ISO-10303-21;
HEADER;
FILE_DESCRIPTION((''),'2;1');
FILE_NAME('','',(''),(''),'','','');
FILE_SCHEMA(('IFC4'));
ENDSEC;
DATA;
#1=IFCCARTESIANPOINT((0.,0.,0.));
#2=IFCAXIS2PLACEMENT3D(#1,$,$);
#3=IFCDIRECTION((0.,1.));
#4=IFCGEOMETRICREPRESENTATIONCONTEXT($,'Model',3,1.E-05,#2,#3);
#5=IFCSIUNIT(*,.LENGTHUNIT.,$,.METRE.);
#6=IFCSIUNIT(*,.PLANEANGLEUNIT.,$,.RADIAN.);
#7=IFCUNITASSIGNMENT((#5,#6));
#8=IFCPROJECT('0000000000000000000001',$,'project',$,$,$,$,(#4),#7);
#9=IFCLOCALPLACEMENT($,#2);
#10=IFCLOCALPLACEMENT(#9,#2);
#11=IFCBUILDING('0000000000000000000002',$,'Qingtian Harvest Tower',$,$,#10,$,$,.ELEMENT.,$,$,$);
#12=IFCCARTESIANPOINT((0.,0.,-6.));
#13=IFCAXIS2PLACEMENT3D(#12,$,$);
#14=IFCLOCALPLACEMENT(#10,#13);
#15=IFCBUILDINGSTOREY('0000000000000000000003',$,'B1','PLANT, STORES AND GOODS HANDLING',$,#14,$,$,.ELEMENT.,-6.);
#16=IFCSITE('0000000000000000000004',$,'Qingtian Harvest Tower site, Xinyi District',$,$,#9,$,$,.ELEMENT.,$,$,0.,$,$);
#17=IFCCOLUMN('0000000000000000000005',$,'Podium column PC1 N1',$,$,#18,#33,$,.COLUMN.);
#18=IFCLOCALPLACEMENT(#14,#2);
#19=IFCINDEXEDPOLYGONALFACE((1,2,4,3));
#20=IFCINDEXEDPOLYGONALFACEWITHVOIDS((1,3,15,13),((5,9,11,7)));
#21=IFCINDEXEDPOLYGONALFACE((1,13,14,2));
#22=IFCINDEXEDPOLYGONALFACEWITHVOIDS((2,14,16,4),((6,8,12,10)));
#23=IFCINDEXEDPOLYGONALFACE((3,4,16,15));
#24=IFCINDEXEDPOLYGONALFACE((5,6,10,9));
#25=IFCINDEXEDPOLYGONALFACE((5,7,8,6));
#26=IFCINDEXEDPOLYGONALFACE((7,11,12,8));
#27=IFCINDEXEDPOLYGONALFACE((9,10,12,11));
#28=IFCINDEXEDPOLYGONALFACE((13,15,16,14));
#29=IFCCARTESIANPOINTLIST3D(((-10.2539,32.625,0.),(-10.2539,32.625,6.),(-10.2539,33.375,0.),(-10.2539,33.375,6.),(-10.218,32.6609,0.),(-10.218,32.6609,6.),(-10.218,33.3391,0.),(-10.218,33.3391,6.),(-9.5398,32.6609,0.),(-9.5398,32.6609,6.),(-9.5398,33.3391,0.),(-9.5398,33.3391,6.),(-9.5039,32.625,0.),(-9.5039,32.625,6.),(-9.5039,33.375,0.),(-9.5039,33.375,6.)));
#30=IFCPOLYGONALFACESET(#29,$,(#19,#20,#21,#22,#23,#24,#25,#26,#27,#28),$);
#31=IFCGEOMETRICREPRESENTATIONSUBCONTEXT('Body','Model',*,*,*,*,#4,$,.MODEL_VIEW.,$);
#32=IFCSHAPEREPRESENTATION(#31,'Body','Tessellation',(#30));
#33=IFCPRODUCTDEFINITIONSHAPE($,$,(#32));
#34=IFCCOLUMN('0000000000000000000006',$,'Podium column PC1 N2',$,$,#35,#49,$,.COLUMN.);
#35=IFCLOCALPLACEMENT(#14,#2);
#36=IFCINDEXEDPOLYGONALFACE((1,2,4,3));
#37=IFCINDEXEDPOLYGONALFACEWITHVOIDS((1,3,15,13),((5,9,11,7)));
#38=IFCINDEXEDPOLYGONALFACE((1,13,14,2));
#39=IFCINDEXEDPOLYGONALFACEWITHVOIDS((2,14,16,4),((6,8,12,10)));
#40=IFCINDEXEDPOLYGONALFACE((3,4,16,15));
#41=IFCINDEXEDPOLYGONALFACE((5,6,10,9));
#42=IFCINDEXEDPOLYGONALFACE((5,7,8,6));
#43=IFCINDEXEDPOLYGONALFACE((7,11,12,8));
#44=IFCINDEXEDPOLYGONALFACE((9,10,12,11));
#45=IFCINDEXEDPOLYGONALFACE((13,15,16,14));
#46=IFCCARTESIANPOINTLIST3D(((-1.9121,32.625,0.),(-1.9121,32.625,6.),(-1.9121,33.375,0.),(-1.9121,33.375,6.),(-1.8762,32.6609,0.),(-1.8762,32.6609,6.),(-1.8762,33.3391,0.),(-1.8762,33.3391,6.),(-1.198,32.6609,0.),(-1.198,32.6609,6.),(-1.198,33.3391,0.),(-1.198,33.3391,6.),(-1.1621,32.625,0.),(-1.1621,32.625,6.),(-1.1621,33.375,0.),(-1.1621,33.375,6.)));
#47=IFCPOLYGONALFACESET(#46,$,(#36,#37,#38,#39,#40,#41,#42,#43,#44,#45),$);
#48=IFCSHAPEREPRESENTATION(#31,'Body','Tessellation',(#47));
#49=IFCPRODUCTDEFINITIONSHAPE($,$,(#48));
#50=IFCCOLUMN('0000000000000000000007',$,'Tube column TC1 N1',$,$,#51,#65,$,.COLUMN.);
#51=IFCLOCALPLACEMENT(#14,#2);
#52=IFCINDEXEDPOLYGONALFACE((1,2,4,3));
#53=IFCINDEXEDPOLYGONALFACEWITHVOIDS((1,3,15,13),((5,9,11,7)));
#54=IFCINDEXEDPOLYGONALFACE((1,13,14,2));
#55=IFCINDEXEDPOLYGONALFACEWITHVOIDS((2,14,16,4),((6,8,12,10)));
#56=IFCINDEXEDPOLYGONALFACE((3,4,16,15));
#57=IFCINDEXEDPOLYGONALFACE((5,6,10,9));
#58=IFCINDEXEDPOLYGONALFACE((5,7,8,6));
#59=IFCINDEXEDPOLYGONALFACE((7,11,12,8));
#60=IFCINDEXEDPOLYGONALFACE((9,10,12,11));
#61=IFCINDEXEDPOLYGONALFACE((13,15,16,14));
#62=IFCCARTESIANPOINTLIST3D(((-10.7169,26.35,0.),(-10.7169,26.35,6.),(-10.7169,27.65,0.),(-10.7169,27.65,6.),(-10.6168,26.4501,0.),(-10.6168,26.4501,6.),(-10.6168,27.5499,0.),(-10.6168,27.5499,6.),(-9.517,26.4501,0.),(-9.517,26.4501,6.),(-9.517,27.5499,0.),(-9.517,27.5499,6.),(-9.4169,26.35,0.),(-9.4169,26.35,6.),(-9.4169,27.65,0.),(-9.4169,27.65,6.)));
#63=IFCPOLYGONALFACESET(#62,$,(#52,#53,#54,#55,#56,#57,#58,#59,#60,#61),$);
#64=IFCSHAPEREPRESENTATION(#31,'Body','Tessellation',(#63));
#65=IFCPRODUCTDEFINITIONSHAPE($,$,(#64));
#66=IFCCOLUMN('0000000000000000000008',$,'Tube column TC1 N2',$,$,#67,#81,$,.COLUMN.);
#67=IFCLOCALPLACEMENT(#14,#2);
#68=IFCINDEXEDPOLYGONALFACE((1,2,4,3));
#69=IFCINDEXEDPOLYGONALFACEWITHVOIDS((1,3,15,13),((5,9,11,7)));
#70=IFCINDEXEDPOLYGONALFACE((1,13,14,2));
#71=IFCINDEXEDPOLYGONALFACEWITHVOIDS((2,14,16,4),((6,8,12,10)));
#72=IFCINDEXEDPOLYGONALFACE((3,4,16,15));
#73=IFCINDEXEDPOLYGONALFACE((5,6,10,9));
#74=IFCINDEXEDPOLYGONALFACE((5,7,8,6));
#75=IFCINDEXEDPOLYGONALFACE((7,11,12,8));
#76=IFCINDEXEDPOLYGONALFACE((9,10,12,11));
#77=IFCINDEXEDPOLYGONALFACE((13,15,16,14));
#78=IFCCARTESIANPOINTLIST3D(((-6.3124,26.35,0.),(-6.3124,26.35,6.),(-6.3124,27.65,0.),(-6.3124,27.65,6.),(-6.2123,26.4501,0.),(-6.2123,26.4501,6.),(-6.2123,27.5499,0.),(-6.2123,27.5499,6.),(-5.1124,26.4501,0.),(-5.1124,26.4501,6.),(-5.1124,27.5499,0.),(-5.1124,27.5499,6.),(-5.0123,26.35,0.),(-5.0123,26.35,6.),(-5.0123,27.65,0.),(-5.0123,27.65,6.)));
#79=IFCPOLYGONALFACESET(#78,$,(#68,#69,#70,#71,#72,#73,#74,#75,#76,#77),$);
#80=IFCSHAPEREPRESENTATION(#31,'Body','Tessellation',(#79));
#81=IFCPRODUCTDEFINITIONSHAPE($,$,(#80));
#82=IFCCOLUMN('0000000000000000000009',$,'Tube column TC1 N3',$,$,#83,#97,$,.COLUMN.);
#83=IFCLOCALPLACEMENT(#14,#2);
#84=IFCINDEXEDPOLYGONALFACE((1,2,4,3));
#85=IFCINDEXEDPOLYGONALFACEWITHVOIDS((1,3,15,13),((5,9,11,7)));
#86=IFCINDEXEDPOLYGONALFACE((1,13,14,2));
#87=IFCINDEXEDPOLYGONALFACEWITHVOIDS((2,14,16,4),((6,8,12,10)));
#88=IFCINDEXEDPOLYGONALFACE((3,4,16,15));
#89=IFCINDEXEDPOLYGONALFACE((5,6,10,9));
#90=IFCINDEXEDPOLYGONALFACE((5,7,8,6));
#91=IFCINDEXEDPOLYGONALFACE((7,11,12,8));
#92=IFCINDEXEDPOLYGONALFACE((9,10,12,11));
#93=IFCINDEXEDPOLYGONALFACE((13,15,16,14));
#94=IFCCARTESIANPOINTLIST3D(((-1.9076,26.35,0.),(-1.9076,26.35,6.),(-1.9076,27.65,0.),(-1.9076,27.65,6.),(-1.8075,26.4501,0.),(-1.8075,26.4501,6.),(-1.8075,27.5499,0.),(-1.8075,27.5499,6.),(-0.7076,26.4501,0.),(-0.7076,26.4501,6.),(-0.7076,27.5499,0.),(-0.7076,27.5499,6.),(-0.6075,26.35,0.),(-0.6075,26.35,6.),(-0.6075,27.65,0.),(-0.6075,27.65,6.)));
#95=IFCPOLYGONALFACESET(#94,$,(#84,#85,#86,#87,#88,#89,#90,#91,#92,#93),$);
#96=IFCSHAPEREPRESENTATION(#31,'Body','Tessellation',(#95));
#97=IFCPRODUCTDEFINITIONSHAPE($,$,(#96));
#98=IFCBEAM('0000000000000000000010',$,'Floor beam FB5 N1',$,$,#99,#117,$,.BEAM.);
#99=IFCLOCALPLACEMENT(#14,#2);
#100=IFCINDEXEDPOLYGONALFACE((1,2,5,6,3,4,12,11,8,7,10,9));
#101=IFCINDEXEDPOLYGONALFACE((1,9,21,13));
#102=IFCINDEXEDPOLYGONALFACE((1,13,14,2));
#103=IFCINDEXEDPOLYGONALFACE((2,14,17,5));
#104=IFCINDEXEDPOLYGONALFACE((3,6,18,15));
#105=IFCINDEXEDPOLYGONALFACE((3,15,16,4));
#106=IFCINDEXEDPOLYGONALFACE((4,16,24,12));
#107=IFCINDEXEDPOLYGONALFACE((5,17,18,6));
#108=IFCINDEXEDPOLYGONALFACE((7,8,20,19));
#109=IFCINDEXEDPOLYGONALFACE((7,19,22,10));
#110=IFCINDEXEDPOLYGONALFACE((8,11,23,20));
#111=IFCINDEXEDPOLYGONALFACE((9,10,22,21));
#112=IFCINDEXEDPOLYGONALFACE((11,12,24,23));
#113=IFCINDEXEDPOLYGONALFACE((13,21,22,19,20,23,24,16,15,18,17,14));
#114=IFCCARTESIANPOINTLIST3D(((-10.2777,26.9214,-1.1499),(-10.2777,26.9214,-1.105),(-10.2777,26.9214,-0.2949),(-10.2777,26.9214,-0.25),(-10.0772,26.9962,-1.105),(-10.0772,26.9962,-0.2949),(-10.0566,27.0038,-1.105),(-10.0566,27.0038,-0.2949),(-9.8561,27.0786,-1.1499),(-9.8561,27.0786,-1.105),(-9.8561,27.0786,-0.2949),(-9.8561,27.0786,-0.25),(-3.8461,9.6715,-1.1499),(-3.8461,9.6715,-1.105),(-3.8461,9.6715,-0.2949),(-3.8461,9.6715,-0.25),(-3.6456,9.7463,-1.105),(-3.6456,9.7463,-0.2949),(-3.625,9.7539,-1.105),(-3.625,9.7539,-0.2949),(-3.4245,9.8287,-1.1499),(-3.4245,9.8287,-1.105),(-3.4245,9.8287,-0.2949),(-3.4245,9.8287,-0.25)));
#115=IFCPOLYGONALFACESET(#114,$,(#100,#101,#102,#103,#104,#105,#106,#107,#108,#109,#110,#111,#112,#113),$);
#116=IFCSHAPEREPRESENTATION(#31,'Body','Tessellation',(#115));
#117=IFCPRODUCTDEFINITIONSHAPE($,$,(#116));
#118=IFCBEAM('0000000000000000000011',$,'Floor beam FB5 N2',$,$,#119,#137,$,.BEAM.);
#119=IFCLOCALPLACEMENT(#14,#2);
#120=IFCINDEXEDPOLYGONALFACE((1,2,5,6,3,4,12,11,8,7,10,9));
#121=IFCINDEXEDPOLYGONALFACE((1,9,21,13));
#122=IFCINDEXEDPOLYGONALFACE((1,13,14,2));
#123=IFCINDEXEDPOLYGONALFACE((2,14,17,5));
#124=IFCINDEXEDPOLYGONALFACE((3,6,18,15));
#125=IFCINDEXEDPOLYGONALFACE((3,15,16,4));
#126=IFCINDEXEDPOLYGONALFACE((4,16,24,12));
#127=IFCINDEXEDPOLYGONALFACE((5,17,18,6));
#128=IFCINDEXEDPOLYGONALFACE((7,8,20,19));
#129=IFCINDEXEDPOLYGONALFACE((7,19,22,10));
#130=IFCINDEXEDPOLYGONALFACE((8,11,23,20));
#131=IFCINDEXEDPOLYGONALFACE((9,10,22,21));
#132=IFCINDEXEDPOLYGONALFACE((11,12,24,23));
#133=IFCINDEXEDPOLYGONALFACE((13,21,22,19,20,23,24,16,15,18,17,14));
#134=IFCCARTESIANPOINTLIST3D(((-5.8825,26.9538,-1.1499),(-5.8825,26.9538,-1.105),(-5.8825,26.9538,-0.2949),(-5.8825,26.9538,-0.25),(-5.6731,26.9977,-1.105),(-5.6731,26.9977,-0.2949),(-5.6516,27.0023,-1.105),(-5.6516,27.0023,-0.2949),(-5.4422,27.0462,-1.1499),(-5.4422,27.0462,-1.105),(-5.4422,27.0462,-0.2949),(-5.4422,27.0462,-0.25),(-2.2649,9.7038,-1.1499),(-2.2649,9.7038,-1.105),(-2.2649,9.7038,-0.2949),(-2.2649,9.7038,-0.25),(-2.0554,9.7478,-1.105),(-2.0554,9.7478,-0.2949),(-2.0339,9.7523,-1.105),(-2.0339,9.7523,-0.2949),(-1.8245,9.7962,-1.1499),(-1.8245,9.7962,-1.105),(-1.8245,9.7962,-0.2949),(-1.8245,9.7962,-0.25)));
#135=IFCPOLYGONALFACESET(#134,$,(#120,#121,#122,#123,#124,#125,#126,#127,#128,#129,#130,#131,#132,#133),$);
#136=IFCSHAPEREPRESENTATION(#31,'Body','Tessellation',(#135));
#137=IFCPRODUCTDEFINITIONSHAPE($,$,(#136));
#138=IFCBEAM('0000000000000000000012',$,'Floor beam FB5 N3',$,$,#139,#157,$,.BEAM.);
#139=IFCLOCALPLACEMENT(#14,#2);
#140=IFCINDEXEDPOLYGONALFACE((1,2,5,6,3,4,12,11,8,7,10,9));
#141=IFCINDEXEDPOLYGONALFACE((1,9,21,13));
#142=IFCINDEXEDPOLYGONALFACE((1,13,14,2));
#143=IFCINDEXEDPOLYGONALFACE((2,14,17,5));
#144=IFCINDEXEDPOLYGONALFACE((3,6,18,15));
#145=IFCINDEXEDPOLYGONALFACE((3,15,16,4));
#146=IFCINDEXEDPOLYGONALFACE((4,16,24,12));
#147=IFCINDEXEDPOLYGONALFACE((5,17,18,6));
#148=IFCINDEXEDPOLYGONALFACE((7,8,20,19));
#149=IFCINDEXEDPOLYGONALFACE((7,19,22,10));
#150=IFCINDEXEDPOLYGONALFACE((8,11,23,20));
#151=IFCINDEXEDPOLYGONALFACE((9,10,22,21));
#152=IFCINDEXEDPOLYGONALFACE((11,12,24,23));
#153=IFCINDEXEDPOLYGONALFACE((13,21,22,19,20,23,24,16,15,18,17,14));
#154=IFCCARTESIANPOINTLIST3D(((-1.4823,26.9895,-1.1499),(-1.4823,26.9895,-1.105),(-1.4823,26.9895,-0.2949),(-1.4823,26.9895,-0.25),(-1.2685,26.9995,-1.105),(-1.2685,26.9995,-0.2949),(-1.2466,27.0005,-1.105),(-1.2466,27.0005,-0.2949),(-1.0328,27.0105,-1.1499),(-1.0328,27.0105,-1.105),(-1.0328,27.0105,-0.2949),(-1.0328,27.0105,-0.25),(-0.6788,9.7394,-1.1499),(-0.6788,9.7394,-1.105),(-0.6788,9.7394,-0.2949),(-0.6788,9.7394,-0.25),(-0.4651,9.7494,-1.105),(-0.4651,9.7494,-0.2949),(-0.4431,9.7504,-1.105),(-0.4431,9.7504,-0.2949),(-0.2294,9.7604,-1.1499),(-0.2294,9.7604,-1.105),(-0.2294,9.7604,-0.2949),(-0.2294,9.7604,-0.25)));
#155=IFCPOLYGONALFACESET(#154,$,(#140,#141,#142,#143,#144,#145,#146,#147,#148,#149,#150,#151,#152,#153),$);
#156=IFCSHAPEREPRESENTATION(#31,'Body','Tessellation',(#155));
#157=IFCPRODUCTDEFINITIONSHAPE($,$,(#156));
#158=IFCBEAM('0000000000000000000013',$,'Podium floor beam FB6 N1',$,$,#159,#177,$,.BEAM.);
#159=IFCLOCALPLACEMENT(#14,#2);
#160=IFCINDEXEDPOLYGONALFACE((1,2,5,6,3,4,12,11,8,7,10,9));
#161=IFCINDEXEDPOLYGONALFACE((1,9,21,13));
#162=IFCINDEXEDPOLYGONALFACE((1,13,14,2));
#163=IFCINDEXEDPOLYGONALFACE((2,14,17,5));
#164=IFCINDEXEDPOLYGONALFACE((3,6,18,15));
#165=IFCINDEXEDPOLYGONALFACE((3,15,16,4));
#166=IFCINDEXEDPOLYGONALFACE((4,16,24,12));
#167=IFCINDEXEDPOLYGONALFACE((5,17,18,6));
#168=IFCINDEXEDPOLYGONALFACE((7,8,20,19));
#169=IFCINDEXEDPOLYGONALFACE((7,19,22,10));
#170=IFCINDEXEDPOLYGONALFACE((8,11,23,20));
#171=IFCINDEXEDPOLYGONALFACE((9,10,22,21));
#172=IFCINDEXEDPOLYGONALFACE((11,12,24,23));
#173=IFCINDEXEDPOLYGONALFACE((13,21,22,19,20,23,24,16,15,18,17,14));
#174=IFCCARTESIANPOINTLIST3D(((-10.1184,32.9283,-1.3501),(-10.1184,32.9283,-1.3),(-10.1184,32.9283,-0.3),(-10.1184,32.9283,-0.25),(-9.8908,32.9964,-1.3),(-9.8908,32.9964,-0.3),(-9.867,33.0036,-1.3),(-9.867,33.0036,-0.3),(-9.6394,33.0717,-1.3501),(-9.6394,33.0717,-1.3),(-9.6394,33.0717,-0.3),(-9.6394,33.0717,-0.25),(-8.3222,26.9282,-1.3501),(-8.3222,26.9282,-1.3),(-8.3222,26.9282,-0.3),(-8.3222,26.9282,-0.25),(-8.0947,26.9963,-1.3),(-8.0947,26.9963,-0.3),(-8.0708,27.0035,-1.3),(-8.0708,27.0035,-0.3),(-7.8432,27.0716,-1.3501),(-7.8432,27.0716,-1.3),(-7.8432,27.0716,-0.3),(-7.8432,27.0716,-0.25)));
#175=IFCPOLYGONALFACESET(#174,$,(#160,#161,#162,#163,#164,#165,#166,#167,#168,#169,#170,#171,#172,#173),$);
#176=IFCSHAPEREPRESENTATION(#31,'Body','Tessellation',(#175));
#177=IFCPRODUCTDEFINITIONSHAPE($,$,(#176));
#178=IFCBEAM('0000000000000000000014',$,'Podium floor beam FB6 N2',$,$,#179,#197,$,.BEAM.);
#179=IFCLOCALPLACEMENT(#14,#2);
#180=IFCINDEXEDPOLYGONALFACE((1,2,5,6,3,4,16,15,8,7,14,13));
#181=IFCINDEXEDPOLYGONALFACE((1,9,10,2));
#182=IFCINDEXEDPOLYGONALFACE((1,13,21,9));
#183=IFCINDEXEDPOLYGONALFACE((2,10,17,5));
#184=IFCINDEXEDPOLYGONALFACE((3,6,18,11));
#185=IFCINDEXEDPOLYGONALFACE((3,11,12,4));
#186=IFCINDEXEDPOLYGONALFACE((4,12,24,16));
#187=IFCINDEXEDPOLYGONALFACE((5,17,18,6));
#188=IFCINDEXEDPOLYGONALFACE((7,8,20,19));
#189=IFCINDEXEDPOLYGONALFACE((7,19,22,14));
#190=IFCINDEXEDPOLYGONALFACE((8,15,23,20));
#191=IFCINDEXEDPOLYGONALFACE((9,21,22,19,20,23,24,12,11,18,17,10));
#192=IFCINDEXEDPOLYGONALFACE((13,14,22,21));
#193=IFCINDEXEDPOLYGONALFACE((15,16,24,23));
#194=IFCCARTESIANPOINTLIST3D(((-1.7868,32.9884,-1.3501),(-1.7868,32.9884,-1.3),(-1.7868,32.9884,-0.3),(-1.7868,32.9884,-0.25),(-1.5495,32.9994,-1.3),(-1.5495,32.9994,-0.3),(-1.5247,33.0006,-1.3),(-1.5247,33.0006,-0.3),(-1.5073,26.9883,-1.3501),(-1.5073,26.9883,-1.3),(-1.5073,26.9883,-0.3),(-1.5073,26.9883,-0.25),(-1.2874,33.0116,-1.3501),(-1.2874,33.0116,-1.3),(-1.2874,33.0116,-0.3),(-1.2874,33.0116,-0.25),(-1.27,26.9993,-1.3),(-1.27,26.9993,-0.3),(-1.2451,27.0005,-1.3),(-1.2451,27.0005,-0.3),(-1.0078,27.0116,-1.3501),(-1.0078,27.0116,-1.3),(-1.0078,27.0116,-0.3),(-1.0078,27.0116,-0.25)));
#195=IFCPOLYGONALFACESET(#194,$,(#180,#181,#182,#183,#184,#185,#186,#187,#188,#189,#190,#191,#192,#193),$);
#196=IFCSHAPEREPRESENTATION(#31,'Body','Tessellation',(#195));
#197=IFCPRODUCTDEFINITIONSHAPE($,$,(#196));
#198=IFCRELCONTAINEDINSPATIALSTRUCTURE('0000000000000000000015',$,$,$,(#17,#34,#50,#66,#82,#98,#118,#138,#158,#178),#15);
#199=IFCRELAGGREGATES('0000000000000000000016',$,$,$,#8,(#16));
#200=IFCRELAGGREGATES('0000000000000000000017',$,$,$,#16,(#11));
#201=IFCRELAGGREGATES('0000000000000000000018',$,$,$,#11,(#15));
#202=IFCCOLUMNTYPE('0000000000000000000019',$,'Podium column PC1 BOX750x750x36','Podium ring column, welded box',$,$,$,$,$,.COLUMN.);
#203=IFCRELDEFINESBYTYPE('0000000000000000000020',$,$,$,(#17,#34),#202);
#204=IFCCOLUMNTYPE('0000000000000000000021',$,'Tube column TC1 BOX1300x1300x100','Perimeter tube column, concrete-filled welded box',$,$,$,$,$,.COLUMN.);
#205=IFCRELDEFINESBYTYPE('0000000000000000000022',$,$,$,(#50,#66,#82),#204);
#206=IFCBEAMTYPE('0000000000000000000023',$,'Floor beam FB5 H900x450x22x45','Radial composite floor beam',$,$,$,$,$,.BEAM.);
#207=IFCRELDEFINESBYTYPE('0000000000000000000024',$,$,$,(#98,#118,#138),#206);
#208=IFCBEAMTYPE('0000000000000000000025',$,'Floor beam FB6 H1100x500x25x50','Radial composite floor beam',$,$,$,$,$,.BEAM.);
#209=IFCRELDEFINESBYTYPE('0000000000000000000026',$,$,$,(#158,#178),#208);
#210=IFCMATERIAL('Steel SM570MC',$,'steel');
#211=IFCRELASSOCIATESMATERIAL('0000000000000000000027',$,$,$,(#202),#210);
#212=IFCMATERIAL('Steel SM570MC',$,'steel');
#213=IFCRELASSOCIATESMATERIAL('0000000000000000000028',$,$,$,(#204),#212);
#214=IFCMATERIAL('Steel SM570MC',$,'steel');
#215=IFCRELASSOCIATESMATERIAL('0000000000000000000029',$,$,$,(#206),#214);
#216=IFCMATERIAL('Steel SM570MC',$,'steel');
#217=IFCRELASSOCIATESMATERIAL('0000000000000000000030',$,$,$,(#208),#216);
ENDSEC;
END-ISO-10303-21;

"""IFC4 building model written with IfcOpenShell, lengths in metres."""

from ifc_helpers import new_model, si_unit, direction, frame, origin, origin_2d, place, context, subcontext, project, spatial, hollow_rectangle, i_section, extrude, material, material_profile, profile_set, type_object, element, save


model = new_model("IFC4")

# Units and contexts
model_context = context("Model", 3, precision=1e-05, world=origin(), true_north=direction((0.0, 1.0)))
body_context = subcontext(model_context, "Body", "Model", "MODEL_VIEW")
ifc_project = project(units=[si_unit("LENGTHUNIT", "METRE"), si_unit("PLANEANGLEUNIT", "RADIAN")], contexts=[model_context])

# Site, building, storey
site_placement = place(None, origin())
site = spatial("IfcSite", under=ifc_project, at=site_placement, Name="Qingtian Harvest Tower site, Xinyi District", CompositionType="ELEMENT", RefElevation=0.0)
building_placement = place(site_placement, origin())
building = spatial("IfcBuilding", under=site, at=building_placement, Name="Qingtian Harvest Tower", CompositionType="ELEMENT")
storey_placement = place(building_placement, frame((0.0, 0.0, -6.0)))
storey = spatial("IfcBuildingStorey", under=building, at=storey_placement, Name="B1", Description="PLANT, STORES AND GOODS HANDLING", CompositionType="ELEMENT", Elevation=-6.0)

# Columns
ifc_material_1 = material(Name="Steel SM570MC", Category="steel")
ifc_material_profile_1 = material_profile(ifc_material_1, hollow_rectangle(XDim=0.75, YDim=0.75, WallThickness=0.0359, at=origin_2d()), Name="BOX750x750x36")
ifc_profile_set_1 = profile_set([ifc_material_profile_1], Name="Steel SM570MC")
column_type_1 = type_object("IfcColumnType", Name="Podium column PC1 BOX750x750x36", Description="Podium ring column, welded box", PredefinedType="COLUMN", material=ifc_profile_set_1)
for number, where, z_axis, x_axis, name in (
    (1, (-9.8789, 33.0, 0.0), (0.0, 0.0, 1.0), (-1.0, 0.0, 0.0), "Podium column PC1 N1"),
    (2, (-1.5371, 33.0, 0.0), (0.0, 0.0, 1.0), (-1.0, 0.0, 0.0), "Podium column PC1 N2"),
):
    element("IfcColumn", number, at=place(storey_placement, frame(where, z_axis=z_axis, x_axis=x_axis)), inside=storey, type_object=column_type_1, Name=name, PredefinedType="COLUMN", context=body_context, shape_type="SweptSolid", body=[
        extrude(hollow_rectangle(XDim=0.75, YDim=0.75, WallThickness=0.0359, at=origin_2d()), origin(), (0.0, 0.0, 1.0), 6.0),
    ])
ifc_material_2 = material(Name="Steel SM570MC", Category="steel")
ifc_material_profile_2 = material_profile(ifc_material_2, hollow_rectangle(XDim=1.3, YDim=1.3, WallThickness=0.1001, at=origin_2d()), Name="BOX1300x1300x100")
ifc_profile_set_2 = profile_set([ifc_material_profile_2], Name="Steel SM570MC")
column_type_2 = type_object("IfcColumnType", Name="Tube column TC1 BOX1300x1300x100", Description="Perimeter tube column, concrete-filled welded box", PredefinedType="COLUMN", material=ifc_profile_set_2)
for number, where, z_axis, x_axis, name in (
    (3, (-10.0669, 27.0, 0.0), (0.0, 0.0, 1.0), (-1.0, 0.0, 0.0), "Tube column TC1 N1"),
    (4, (-5.6624, 27.0, 0.0), (0.0, 0.0, 1.0), (-1.0, 0.0, 0.0), "Tube column TC1 N2"),
    (5, (-1.2576, 27.0, 0.0), (0.0, 0.0, 1.0), (-1.0, 0.0, 0.0), "Tube column TC1 N3"),
):
    element("IfcColumn", number, at=place(storey_placement, frame(where, z_axis=z_axis, x_axis=x_axis)), inside=storey, type_object=column_type_2, Name=name, PredefinedType="COLUMN", context=body_context, shape_type="SweptSolid", body=[
        extrude(hollow_rectangle(XDim=1.3, YDim=1.3, WallThickness=0.1001, at=origin_2d()), origin(), (0.0, 0.0, 1.0), 6.0),
    ])

# Beams
ifc_material_3 = material(Name="Steel SM570MC", Category="steel")
ifc_material_profile_3 = material_profile(ifc_material_3, i_section(OverallWidth=0.45, OverallDepth=0.8999, WebThickness=0.022, FlangeThickness=0.0449, at=origin_2d()), Name="H900x450x22x45")
ifc_profile_set_3 = profile_set([ifc_material_profile_3], Name="Steel SM570MC")
beam_type_1 = type_object("IfcBeamType", Name="Floor beam FB5 H900x450x22x45", Description="Radial composite floor beam", PredefinedType="BEAM", material=ifc_profile_set_3)
beam_1_placement = place(storey_placement, frame((-10.0669, 27.0, -0.7), z_axis=(0.349356, -0.93699, 0.0), x_axis=(0.93699, 0.349356, 0.0)))
element("IfcBeam", 6, at=beam_1_placement, inside=storey, type_object=beam_type_1, Name="Floor beam FB5 N1", PredefinedType="BEAM", context=body_context, shape_type="SweptSolid", body=[
    extrude(i_section(OverallWidth=0.45, OverallDepth=0.8999, WebThickness=0.022, FlangeThickness=0.0449, at=origin_2d()), origin(), (0.0, 0.0, 1.0), 18.4099),
])
beam_2_placement = place(storey_placement, frame((-5.6624, 27.0, -0.7), z_axis=(0.205255, -0.978709, 0.0), x_axis=(0.978709, 0.205255, 0.0)))
element("IfcBeam", 7, at=beam_2_placement, inside=storey, type_object=beam_type_1, Name="Floor beam FB5 N2", PredefinedType="BEAM", context=body_context, shape_type="SweptSolid", body=[
    extrude(i_section(OverallWidth=0.45, OverallDepth=0.8999, WebThickness=0.022, FlangeThickness=0.0449, at=origin_2d()), origin(), (0.0, 0.0, 1.0), 17.6252),
])
beam_3_placement = place(storey_placement, frame((-1.2576, 27.0, -0.7), z_axis=(0.046527, -0.998917, 0.0), x_axis=(0.998917, 0.046527, 0.0)))
element("IfcBeam", 8, at=beam_3_placement, inside=storey, type_object=beam_type_1, Name="Floor beam FB5 N3", PredefinedType="BEAM", context=body_context, shape_type="SweptSolid", body=[
    extrude(i_section(OverallWidth=0.45, OverallDepth=0.8999, WebThickness=0.022, FlangeThickness=0.0449, at=origin_2d()), origin(), (0.0, 0.0, 1.0), 17.2688),
])
ifc_material_4 = material(Name="Steel SM570MC", Category="steel")
ifc_material_profile_4 = material_profile(ifc_material_4, i_section(OverallWidth=0.5, OverallDepth=1.1001, WebThickness=0.0249, FlangeThickness=0.05, at=origin_2d()), Name="H1100x500x25x50")
ifc_profile_set_4 = profile_set([ifc_material_profile_4], Name="Steel SM570MC")
beam_type_2 = type_object("IfcBeamType", Name="Floor beam FB6 H1100x500x25x50", Description="Radial composite floor beam", PredefinedType="BEAM", material=ifc_profile_set_4)
beam_4_placement = place(storey_placement, frame((-9.8789, 33.0, -0.8), z_axis=(0.286783, -0.957996, 0.0), x_axis=(0.957996, 0.286783, 0.0)))
element("IfcBeam", 9, at=beam_4_placement, inside=storey, type_object=beam_type_2, Name="Podium floor beam FB6 N1", PredefinedType="BEAM", context=body_context, shape_type="SweptSolid", body=[
    extrude(i_section(OverallWidth=0.5, OverallDepth=1.1001, WebThickness=0.0249, FlangeThickness=0.05, at=origin_2d()), origin(), (0.0, 0.0, 1.0), 6.2632),
])
beam_5_placement = place(storey_placement, frame((-1.5371, 33.0, -0.8), z_axis=(0.04654, -0.998916, 0.0), x_axis=(0.998916, 0.04654, 0.0)))
element("IfcBeam", 10, at=beam_5_placement, inside=storey, type_object=beam_type_2, Name="Podium floor beam FB6 N2", PredefinedType="BEAM", context=body_context, shape_type="SweptSolid", body=[
    extrude(i_section(OverallWidth=0.5, OverallDepth=1.1001, WebThickness=0.0249, FlangeThickness=0.05, at=origin_2d()), origin(), (0.0, 0.0, 1.0), 6.0066),
])

save(model, "model.ifc")
